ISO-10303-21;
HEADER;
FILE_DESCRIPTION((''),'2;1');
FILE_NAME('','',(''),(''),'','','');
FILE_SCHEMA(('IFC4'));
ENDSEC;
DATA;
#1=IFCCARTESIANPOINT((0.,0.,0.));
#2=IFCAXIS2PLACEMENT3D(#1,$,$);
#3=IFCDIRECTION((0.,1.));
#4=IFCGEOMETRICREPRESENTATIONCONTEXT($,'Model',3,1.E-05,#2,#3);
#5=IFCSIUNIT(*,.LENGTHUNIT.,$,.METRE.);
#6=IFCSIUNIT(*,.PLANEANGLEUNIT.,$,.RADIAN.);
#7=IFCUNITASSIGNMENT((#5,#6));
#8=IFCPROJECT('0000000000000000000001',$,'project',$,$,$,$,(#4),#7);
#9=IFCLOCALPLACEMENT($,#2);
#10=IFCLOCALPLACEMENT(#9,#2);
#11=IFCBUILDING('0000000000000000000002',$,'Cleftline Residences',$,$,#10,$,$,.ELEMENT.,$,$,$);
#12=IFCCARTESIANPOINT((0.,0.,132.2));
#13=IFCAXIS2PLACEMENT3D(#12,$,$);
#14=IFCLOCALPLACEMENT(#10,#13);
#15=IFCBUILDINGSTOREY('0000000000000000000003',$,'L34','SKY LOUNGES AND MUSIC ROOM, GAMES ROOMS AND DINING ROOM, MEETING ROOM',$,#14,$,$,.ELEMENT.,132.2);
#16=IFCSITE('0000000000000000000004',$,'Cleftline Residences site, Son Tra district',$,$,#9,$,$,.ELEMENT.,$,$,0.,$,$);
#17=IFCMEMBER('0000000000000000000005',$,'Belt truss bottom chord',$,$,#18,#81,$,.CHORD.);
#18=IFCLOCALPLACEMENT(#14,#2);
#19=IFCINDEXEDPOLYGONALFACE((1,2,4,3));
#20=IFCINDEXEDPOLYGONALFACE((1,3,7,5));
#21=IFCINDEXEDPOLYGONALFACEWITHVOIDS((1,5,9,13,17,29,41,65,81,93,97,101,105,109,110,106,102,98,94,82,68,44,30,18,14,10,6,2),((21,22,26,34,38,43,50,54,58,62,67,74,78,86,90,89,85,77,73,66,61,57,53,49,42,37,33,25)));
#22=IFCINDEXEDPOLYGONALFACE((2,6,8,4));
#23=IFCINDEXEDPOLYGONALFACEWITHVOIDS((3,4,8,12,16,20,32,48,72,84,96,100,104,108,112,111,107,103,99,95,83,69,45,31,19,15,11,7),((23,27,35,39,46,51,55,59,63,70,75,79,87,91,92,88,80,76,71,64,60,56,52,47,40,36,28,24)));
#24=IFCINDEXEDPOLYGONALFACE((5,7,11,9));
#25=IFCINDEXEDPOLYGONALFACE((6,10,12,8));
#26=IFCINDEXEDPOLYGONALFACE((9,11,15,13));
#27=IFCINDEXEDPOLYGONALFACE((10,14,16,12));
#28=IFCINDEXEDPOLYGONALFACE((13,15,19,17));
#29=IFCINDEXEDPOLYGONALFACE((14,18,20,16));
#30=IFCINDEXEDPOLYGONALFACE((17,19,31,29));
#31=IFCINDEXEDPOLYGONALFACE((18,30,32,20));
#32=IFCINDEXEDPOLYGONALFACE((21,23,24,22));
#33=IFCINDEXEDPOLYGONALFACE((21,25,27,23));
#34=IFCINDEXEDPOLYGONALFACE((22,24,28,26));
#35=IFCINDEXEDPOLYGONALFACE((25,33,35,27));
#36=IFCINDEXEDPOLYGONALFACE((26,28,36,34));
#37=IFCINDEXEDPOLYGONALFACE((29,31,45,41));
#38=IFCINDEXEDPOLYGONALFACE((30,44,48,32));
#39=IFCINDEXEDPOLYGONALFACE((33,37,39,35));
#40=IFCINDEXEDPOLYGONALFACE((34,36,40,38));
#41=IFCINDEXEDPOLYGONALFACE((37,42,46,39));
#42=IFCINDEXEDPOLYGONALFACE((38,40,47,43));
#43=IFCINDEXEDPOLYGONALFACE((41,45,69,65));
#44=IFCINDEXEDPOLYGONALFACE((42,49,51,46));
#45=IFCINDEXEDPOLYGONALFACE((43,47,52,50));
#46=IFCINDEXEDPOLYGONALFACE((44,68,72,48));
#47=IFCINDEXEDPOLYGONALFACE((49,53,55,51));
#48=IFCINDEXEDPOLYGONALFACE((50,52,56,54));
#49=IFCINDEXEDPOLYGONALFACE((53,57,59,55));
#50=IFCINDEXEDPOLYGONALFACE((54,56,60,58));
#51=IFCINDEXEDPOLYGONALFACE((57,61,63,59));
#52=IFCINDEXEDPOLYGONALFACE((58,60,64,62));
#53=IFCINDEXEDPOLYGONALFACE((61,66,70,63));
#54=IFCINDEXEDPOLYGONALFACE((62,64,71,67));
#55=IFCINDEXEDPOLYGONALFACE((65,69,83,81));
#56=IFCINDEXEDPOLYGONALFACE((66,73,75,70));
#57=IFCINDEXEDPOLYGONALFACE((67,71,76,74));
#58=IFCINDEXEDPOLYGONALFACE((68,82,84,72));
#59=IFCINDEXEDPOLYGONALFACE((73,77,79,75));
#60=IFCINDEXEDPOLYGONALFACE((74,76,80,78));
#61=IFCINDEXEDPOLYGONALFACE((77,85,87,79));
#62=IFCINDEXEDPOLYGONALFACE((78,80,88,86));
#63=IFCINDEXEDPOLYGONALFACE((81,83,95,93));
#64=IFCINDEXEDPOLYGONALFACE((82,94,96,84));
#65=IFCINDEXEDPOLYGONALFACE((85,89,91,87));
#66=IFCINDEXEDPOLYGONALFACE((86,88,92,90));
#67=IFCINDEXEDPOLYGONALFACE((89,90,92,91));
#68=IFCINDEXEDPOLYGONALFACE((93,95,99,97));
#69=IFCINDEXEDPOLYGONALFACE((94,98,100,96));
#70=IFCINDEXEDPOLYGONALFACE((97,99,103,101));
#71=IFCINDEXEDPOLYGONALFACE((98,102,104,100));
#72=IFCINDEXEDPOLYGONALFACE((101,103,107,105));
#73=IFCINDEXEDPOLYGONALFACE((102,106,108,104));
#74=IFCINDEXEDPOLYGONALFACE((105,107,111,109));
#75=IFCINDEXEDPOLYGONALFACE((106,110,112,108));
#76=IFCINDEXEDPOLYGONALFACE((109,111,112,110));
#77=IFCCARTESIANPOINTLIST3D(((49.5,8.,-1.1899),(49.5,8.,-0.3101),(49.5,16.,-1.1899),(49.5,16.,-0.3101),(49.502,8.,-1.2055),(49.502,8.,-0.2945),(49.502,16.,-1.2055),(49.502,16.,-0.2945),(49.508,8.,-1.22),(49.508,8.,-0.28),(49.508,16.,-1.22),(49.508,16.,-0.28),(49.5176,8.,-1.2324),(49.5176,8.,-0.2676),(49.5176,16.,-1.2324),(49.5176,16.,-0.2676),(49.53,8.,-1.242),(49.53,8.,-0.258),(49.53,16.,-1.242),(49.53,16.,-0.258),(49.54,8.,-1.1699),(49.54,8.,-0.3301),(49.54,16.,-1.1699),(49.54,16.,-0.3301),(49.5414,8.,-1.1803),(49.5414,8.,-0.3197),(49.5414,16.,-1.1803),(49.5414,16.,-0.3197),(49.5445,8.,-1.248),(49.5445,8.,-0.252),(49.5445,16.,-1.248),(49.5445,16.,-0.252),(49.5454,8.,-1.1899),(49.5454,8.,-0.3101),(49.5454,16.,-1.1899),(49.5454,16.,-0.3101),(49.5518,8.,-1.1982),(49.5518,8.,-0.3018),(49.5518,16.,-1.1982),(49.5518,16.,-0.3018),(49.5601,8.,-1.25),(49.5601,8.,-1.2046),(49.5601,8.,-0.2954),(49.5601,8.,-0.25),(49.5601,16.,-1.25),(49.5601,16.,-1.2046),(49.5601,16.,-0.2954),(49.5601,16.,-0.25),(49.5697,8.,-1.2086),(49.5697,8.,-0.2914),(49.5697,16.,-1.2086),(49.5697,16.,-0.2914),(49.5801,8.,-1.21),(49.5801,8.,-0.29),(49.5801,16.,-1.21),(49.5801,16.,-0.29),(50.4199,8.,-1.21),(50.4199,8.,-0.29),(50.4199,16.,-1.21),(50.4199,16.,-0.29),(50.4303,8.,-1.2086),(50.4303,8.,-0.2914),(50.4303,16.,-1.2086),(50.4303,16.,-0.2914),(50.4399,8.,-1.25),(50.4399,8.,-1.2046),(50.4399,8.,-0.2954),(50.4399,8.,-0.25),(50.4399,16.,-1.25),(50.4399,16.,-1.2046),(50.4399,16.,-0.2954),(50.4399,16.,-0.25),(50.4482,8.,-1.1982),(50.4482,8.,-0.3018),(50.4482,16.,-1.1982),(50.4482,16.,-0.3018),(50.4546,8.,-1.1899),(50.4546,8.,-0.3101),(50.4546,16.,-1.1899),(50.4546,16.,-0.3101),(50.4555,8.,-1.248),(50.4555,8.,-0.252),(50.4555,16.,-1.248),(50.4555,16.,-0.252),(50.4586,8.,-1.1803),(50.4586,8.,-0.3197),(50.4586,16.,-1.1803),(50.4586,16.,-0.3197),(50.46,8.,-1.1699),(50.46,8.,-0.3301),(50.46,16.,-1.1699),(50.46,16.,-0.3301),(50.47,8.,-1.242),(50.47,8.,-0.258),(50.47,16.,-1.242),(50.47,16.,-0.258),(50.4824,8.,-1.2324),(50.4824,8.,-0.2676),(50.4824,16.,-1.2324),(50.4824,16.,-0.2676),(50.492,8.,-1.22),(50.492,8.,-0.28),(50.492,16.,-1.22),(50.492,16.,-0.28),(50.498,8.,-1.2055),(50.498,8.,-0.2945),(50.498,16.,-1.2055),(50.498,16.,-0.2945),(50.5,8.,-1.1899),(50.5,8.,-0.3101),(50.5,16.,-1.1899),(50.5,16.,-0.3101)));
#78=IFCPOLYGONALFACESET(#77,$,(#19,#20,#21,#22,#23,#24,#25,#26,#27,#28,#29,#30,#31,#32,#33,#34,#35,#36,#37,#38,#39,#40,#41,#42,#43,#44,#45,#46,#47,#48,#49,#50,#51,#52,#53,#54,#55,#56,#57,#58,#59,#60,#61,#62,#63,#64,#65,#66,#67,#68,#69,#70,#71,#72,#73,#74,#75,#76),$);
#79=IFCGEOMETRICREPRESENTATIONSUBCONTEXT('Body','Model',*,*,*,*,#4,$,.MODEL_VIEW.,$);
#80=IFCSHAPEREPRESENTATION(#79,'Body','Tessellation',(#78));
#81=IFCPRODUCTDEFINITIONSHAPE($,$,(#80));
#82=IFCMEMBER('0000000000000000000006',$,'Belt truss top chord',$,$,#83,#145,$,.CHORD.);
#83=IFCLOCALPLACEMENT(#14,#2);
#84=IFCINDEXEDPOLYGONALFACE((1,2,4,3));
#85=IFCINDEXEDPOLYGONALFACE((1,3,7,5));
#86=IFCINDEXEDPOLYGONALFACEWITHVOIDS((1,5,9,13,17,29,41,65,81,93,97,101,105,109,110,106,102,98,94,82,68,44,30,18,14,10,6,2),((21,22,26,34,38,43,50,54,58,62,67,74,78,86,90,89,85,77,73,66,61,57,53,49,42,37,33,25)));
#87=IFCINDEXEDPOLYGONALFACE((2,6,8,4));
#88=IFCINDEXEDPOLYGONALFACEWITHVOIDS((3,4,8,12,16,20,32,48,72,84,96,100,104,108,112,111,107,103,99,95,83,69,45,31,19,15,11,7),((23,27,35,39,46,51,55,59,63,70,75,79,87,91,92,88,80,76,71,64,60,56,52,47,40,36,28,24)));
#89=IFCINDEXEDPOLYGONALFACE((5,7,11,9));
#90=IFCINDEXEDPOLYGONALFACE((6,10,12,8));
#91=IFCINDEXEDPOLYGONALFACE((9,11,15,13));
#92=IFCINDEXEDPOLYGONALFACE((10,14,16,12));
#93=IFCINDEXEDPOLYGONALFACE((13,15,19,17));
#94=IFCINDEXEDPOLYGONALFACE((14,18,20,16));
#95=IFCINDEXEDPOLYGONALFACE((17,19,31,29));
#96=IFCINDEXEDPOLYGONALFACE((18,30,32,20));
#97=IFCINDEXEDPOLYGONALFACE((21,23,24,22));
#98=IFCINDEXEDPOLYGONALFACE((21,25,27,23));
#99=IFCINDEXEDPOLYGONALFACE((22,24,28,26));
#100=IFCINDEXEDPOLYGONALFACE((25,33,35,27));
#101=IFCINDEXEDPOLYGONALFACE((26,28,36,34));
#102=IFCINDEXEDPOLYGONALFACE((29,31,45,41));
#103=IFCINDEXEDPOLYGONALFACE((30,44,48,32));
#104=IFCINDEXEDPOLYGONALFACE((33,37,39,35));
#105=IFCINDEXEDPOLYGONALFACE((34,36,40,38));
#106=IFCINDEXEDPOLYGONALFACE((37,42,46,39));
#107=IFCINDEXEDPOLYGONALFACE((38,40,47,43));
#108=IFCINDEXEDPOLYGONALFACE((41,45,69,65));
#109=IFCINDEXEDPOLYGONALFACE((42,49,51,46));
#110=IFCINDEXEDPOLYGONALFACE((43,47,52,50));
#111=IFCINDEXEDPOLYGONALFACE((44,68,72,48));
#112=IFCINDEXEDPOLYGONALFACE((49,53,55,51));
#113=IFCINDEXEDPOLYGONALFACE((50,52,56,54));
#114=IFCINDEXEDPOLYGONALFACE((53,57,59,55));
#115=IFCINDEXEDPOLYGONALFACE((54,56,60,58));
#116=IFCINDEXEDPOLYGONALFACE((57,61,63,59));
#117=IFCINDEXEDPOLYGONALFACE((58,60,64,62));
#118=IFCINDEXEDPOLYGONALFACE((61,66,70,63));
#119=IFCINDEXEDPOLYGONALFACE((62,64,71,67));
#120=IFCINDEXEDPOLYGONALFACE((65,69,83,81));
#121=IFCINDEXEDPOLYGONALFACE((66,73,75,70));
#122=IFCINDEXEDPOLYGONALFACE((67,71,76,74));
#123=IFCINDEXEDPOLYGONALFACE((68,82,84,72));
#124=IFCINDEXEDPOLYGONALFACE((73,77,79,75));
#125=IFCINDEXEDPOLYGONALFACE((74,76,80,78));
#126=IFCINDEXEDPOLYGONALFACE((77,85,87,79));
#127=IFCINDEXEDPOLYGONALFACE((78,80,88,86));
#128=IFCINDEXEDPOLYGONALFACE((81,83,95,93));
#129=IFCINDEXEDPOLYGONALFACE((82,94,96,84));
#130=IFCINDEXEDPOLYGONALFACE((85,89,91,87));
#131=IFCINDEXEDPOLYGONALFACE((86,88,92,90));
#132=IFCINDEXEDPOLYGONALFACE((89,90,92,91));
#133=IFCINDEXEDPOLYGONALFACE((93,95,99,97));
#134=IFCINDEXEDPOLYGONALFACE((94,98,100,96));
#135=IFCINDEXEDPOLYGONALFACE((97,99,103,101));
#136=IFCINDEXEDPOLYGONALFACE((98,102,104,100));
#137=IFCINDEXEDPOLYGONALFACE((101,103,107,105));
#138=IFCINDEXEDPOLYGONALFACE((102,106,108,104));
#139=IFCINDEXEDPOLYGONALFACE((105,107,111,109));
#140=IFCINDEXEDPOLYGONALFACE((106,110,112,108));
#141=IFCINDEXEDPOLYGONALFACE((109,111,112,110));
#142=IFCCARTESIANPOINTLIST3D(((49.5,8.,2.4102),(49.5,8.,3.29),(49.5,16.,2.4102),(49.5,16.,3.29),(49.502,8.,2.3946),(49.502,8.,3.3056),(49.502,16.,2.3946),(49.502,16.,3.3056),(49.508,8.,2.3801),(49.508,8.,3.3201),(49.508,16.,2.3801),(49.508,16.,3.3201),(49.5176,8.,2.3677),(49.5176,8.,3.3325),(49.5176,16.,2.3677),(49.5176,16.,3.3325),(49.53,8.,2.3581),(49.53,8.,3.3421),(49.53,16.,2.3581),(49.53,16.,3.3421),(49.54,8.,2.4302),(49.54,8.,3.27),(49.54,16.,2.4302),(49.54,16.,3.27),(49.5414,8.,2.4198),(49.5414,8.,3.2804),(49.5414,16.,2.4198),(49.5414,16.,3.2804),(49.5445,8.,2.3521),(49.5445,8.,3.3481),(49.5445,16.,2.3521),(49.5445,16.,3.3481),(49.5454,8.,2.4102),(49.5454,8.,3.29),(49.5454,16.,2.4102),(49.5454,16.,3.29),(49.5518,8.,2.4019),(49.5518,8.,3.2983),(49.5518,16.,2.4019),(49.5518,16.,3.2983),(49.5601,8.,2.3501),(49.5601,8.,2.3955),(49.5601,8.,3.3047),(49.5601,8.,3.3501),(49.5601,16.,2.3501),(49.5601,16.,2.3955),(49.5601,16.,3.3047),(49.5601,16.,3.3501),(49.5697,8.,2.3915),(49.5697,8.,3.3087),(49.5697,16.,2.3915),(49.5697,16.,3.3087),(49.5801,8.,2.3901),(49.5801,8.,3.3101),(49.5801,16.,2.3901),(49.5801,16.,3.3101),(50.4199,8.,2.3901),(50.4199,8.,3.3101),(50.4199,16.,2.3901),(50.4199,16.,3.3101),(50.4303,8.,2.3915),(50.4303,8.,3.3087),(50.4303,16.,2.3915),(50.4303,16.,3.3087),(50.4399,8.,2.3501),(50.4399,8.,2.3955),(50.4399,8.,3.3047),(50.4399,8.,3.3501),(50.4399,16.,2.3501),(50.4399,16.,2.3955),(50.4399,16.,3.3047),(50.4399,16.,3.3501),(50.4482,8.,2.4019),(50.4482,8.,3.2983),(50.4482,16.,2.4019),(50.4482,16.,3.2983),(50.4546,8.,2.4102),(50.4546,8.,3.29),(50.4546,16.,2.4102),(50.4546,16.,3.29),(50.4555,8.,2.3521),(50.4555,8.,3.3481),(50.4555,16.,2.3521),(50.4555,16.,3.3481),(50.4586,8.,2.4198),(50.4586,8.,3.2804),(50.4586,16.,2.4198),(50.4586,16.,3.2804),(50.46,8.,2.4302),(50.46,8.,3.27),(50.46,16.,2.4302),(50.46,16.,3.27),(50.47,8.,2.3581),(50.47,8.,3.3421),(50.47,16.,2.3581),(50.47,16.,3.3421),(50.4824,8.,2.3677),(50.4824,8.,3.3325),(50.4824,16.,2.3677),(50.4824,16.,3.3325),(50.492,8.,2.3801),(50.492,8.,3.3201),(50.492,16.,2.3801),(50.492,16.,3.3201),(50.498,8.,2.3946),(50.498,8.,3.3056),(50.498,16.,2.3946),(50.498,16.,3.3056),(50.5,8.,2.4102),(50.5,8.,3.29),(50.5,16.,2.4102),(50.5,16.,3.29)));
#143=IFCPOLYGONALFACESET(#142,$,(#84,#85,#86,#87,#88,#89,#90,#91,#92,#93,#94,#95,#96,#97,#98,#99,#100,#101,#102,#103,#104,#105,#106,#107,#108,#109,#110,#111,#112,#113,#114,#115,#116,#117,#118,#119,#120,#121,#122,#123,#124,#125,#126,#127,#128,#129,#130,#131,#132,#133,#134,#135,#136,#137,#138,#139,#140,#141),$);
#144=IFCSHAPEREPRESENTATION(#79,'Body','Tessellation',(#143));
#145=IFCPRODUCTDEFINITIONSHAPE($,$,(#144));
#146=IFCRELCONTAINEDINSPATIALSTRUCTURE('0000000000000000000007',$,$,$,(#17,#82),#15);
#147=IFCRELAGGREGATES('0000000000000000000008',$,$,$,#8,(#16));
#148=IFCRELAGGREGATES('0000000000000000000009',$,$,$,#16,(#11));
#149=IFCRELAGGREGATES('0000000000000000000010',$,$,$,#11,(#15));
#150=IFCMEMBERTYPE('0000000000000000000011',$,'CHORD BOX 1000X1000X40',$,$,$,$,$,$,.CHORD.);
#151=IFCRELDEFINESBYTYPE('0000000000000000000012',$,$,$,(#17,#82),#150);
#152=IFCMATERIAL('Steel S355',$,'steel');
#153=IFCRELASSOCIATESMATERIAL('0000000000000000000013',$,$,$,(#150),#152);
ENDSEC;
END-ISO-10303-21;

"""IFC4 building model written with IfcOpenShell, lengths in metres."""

from ifc_helpers import new_model, si_unit, direction, frame, origin, origin_2d, place, context, subcontext, project, spatial, hollow_rectangle, extrude, material, material_profile, profile_set, type_object, element, save


model = new_model("IFC4")

# Units and contexts
model_context = context("Model", 3, precision=1e-05, world=origin(), true_north=direction((0.0, 1.0)))
body_context = subcontext(model_context, "Body", "Model", "MODEL_VIEW")
ifc_project = project(units=[si_unit("LENGTHUNIT", "METRE"), si_unit("PLANEANGLEUNIT", "RADIAN")], contexts=[model_context])

# Site, building, storey
site_placement = place(None, origin())
site = spatial("IfcSite", under=ifc_project, at=site_placement, Name="Cleftline Residences site, Son Tra district", CompositionType="ELEMENT", RefElevation=0.0)
building_placement = place(site_placement, origin())
building = spatial("IfcBuilding", under=site, at=building_placement, Name="Cleftline Residences", CompositionType="ELEMENT")
storey_placement = place(building_placement, frame((0.0, 0.0, 132.2)))
storey = spatial("IfcBuildingStorey", under=building, at=storey_placement, Name="L34", Description="SKY LOUNGES AND MUSIC ROOM, GAMES ROOMS AND DINING ROOM, MEETING ROOM", CompositionType="ELEMENT", Elevation=132.2)

# Members
ifc_material_1 = material(Name="Steel S355", Category="steel")
ifc_material_profile_1 = material_profile(ifc_material_1, hollow_rectangle(XDim=1.0, YDim=1.0, WallThickness=0.04, InnerFilletRadius=0.04, OuterFilletRadius=0.0601, at=origin_2d()))
ifc_profile_set_1 = profile_set([ifc_material_profile_1], Name="Steel S355")
member_type_1 = type_object("IfcMemberType", Name="CHORD BOX 1000X1000X40", PredefinedType="CHORD", material=ifc_profile_set_1)
for number, where, z_axis, x_axis, name in (
    (1, (50.0, 8.0, -0.75), (0.0, 1.0, 0.0), (-1.0, 0.0, 0.0), "Belt truss bottom chord"),
    (2, (50.0, 8.0, 2.8501), (0.0, 1.0, 0.0), (-1.0, 0.0, 0.0), "Belt truss top chord"),
):
    element("IfcMember", number, at=place(storey_placement, frame(where, z_axis=z_axis, x_axis=x_axis)), inside=storey, type_object=member_type_1, Name=name, PredefinedType="CHORD", context=body_context, shape_type="SweptSolid", body=[
        extrude(hollow_rectangle(XDim=1.0, YDim=1.0, WallThickness=0.04, InnerFilletRadius=0.04, OuterFilletRadius=0.0601, at=origin_2d()), origin(), (0.0, 0.0, 1.0), 8.0),
    ])

save(model, "model.ifc")
